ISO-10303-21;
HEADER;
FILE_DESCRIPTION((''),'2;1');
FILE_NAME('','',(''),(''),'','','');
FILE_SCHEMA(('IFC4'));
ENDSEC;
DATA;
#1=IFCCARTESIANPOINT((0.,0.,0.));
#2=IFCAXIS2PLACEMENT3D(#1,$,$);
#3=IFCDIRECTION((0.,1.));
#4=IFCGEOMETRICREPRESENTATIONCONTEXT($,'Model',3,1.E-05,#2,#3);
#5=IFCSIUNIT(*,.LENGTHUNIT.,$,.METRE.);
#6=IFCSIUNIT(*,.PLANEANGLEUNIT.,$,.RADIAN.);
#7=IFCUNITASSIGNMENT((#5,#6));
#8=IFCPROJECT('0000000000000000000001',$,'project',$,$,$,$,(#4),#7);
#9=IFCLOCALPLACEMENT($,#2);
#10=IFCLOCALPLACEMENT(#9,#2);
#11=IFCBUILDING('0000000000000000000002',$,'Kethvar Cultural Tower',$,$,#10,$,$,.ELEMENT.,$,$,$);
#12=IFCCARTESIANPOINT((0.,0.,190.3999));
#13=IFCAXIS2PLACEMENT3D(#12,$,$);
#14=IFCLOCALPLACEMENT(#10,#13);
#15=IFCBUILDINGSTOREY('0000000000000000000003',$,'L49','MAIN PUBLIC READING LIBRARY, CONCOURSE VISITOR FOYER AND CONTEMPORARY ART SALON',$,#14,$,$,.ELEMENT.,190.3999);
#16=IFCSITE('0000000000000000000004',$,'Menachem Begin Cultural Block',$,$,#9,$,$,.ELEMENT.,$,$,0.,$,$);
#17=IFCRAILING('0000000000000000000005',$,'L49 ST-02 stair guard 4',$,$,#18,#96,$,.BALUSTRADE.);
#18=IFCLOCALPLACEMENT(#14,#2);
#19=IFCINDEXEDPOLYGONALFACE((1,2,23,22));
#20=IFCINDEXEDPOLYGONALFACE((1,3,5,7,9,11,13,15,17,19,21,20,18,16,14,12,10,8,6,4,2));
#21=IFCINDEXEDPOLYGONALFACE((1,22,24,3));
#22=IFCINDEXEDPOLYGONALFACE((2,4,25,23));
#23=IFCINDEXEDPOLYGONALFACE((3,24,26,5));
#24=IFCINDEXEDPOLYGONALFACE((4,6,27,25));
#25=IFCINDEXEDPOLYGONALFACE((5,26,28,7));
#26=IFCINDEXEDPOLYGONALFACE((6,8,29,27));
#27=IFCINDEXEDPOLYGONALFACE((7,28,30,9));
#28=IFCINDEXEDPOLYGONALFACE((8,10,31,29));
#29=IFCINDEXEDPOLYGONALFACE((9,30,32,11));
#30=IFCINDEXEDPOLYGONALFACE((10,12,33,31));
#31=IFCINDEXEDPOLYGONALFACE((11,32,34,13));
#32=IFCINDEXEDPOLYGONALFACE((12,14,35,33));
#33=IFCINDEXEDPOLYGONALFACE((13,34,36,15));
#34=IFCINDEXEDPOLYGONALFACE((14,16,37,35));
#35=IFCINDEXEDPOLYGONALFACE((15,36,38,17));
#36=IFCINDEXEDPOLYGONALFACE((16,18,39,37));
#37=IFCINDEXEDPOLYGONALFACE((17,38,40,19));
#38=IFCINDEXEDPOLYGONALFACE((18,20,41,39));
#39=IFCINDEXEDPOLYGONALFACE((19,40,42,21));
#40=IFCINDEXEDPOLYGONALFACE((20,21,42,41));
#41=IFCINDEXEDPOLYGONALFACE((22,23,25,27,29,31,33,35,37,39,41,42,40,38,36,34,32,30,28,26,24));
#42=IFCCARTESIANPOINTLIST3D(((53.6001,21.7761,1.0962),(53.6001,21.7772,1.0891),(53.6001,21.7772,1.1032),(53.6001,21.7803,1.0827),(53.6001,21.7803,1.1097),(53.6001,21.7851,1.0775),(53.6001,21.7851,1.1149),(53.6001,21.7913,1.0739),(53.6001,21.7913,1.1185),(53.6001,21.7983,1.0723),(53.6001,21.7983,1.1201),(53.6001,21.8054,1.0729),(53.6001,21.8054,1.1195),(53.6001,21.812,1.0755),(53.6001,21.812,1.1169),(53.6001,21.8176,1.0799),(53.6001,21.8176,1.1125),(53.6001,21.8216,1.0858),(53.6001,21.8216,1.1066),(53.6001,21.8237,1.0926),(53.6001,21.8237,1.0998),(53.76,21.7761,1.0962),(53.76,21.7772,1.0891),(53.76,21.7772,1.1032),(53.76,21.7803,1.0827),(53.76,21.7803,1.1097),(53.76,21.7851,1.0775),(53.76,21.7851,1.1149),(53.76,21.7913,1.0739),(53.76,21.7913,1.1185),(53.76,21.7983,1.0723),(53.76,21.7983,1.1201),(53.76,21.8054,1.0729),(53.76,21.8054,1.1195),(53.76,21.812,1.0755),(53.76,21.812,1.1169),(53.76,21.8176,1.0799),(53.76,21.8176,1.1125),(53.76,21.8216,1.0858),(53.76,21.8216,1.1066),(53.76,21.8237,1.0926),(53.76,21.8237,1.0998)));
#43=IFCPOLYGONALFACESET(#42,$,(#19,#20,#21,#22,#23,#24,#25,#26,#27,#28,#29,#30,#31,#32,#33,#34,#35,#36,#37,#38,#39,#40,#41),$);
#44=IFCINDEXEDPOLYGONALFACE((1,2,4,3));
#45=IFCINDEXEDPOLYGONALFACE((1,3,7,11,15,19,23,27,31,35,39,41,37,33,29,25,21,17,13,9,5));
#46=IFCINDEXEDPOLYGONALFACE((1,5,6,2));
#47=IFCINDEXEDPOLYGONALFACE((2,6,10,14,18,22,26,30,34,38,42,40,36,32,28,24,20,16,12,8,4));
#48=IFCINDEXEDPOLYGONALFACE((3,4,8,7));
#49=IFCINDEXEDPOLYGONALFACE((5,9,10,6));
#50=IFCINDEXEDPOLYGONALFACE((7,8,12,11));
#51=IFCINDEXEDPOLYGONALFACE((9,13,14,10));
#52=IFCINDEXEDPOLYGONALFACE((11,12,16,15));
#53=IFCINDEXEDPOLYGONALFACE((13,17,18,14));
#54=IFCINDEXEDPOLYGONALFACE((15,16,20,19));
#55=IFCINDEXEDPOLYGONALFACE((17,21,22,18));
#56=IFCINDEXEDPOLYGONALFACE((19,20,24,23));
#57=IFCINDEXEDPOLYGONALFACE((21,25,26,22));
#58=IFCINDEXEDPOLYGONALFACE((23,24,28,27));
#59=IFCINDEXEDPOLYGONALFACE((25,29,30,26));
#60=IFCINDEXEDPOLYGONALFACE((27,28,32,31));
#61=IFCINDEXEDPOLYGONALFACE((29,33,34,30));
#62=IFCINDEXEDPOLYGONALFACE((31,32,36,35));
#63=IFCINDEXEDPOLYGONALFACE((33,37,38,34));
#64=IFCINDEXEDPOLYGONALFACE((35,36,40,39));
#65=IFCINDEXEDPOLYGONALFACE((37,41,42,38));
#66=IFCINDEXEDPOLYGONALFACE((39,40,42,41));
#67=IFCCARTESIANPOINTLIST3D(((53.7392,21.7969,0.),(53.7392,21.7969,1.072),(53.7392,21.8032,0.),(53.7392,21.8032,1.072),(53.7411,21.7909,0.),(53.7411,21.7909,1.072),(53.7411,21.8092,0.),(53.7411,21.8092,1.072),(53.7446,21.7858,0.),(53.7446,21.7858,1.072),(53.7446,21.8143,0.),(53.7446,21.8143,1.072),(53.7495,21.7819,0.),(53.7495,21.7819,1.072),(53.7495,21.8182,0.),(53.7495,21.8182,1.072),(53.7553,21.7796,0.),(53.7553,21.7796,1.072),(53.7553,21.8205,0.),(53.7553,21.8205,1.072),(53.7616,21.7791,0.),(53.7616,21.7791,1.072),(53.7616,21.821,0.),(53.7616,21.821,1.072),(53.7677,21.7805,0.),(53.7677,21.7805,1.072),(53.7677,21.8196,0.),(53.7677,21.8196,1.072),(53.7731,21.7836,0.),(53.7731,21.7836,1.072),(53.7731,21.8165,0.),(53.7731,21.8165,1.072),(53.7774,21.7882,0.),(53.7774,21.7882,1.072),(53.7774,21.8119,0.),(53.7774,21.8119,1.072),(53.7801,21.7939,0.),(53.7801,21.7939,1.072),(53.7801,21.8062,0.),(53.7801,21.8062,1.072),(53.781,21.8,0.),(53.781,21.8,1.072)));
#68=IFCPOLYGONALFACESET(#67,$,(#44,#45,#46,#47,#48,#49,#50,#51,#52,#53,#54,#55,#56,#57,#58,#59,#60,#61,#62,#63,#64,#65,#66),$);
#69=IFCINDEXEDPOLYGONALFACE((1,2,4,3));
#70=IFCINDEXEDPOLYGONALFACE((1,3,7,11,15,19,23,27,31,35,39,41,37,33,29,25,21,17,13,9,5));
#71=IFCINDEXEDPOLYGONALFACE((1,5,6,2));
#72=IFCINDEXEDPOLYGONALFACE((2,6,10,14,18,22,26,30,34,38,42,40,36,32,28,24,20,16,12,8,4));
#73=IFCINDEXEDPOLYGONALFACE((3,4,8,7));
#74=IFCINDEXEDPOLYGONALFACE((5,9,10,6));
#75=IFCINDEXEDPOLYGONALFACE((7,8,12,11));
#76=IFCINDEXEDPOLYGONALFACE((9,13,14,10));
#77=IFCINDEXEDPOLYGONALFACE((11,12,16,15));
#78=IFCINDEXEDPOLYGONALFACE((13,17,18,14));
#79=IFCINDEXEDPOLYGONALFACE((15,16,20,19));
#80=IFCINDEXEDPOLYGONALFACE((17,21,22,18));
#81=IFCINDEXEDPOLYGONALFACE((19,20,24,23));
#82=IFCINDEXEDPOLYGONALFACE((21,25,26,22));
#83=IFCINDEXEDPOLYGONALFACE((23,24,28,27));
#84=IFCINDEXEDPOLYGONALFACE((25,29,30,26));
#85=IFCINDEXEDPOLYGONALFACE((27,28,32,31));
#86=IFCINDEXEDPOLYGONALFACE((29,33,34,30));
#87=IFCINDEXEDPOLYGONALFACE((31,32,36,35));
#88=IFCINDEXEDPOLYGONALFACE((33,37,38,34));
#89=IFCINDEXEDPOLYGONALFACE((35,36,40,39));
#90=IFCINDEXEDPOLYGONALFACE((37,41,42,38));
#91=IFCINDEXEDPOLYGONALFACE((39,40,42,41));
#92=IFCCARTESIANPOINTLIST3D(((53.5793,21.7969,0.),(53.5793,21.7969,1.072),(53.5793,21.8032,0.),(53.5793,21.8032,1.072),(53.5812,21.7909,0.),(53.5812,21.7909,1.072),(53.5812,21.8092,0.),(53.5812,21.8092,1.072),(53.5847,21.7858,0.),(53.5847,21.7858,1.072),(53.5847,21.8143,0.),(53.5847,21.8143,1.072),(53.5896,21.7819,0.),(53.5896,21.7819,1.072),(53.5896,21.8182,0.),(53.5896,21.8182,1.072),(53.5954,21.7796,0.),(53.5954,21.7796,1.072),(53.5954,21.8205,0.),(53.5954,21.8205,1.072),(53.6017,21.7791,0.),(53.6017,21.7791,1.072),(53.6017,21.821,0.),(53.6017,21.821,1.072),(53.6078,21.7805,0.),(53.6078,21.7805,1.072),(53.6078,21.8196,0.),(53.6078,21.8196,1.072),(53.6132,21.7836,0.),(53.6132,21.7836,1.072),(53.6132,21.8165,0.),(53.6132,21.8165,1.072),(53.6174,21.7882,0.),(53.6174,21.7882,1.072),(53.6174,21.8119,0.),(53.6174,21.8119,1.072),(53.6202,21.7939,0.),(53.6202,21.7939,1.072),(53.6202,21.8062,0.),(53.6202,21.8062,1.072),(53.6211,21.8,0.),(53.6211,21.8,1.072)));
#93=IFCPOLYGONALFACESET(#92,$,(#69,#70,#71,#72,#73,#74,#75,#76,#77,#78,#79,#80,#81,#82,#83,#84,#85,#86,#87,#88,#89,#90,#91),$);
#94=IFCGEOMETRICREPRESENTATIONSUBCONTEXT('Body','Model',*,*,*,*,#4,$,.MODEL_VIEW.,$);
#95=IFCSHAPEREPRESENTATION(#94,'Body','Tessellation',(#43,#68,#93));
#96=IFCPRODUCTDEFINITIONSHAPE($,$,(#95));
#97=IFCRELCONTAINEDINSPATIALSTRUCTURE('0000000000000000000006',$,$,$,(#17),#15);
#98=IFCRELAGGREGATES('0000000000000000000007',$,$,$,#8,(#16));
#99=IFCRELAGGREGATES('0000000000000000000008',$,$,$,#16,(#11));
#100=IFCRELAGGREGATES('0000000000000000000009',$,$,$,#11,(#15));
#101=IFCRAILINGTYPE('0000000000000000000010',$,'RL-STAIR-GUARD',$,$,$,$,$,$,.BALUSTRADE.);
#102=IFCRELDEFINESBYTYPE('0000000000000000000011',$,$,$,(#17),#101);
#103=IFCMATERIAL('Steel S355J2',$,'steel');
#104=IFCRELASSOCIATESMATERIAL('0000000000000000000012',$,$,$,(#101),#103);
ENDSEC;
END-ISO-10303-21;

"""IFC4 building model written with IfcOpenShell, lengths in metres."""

from ifc_helpers import new_model, si_unit, direction, frame, origin, origin_2d, place, context, subcontext, project, spatial, circle, extrude, material, type_object, element, save


model = new_model("IFC4")

# Units and contexts
model_context = context("Model", 3, precision=1e-05, world=origin(), true_north=direction((0.0, 1.0)))
body_context = subcontext(model_context, "Body", "Model", "MODEL_VIEW")
ifc_project = project(units=[si_unit("LENGTHUNIT", "METRE"), si_unit("PLANEANGLEUNIT", "RADIAN")], contexts=[model_context])

# Site, building, storey
site_placement = place(None, origin())
site = spatial("IfcSite", under=ifc_project, at=site_placement, Name="Menachem Begin Cultural Block", CompositionType="ELEMENT", RefElevation=0.0)
building_placement = place(site_placement, origin())
building = spatial("IfcBuilding", under=site, at=building_placement, Name="Kethvar Cultural Tower", CompositionType="ELEMENT")
storey_placement = place(building_placement, frame((0.0, 0.0, 190.3999)))
storey = spatial("IfcBuildingStorey", under=building, at=storey_placement, Name="L49", Description="MAIN PUBLIC READING LIBRARY, CONCOURSE VISITOR FOYER AND CONTEMPORARY ART SALON", CompositionType="ELEMENT", Elevation=190.3999)

# Shared definitions
ifc_material_1 = material(Name="Steel S355J2", Category="steel")

# Railing
railing_type_1 = type_object("IfcRailingType", Name="RL-STAIR-GUARD", PredefinedType="BALUSTRADE", material=ifc_material_1)
railing_1_placement = place(storey_placement, frame((53.76, 21.8, 0.0)))
element("IfcRailing", 1, at=railing_1_placement, inside=storey, type_object=railing_type_1, Name="L49 ST-02 stair guard 4", PredefinedType="BALUSTRADE", context=body_context, shape_type="SweptSolid", body=[
    extrude(circle(Radius=0.0239, at=origin_2d()), frame((0.0, 0.0, 1.0962), z_axis=(-1.0, 0.0, 0.0), x_axis=(0.0, -1.0, 0.0)), (0.0, 0.0, 1.0), 0.1599),
    extrude(circle(Radius=0.021, at=origin_2d()), origin(), (0.0, 0.0, 1.0), 1.072),
    extrude(circle(Radius=0.021, at=origin_2d()), frame((-0.1599, 0.0, 0.0)), (0.0, 0.0, 1.0), 1.072),
])

save(model, "model.ifc")
